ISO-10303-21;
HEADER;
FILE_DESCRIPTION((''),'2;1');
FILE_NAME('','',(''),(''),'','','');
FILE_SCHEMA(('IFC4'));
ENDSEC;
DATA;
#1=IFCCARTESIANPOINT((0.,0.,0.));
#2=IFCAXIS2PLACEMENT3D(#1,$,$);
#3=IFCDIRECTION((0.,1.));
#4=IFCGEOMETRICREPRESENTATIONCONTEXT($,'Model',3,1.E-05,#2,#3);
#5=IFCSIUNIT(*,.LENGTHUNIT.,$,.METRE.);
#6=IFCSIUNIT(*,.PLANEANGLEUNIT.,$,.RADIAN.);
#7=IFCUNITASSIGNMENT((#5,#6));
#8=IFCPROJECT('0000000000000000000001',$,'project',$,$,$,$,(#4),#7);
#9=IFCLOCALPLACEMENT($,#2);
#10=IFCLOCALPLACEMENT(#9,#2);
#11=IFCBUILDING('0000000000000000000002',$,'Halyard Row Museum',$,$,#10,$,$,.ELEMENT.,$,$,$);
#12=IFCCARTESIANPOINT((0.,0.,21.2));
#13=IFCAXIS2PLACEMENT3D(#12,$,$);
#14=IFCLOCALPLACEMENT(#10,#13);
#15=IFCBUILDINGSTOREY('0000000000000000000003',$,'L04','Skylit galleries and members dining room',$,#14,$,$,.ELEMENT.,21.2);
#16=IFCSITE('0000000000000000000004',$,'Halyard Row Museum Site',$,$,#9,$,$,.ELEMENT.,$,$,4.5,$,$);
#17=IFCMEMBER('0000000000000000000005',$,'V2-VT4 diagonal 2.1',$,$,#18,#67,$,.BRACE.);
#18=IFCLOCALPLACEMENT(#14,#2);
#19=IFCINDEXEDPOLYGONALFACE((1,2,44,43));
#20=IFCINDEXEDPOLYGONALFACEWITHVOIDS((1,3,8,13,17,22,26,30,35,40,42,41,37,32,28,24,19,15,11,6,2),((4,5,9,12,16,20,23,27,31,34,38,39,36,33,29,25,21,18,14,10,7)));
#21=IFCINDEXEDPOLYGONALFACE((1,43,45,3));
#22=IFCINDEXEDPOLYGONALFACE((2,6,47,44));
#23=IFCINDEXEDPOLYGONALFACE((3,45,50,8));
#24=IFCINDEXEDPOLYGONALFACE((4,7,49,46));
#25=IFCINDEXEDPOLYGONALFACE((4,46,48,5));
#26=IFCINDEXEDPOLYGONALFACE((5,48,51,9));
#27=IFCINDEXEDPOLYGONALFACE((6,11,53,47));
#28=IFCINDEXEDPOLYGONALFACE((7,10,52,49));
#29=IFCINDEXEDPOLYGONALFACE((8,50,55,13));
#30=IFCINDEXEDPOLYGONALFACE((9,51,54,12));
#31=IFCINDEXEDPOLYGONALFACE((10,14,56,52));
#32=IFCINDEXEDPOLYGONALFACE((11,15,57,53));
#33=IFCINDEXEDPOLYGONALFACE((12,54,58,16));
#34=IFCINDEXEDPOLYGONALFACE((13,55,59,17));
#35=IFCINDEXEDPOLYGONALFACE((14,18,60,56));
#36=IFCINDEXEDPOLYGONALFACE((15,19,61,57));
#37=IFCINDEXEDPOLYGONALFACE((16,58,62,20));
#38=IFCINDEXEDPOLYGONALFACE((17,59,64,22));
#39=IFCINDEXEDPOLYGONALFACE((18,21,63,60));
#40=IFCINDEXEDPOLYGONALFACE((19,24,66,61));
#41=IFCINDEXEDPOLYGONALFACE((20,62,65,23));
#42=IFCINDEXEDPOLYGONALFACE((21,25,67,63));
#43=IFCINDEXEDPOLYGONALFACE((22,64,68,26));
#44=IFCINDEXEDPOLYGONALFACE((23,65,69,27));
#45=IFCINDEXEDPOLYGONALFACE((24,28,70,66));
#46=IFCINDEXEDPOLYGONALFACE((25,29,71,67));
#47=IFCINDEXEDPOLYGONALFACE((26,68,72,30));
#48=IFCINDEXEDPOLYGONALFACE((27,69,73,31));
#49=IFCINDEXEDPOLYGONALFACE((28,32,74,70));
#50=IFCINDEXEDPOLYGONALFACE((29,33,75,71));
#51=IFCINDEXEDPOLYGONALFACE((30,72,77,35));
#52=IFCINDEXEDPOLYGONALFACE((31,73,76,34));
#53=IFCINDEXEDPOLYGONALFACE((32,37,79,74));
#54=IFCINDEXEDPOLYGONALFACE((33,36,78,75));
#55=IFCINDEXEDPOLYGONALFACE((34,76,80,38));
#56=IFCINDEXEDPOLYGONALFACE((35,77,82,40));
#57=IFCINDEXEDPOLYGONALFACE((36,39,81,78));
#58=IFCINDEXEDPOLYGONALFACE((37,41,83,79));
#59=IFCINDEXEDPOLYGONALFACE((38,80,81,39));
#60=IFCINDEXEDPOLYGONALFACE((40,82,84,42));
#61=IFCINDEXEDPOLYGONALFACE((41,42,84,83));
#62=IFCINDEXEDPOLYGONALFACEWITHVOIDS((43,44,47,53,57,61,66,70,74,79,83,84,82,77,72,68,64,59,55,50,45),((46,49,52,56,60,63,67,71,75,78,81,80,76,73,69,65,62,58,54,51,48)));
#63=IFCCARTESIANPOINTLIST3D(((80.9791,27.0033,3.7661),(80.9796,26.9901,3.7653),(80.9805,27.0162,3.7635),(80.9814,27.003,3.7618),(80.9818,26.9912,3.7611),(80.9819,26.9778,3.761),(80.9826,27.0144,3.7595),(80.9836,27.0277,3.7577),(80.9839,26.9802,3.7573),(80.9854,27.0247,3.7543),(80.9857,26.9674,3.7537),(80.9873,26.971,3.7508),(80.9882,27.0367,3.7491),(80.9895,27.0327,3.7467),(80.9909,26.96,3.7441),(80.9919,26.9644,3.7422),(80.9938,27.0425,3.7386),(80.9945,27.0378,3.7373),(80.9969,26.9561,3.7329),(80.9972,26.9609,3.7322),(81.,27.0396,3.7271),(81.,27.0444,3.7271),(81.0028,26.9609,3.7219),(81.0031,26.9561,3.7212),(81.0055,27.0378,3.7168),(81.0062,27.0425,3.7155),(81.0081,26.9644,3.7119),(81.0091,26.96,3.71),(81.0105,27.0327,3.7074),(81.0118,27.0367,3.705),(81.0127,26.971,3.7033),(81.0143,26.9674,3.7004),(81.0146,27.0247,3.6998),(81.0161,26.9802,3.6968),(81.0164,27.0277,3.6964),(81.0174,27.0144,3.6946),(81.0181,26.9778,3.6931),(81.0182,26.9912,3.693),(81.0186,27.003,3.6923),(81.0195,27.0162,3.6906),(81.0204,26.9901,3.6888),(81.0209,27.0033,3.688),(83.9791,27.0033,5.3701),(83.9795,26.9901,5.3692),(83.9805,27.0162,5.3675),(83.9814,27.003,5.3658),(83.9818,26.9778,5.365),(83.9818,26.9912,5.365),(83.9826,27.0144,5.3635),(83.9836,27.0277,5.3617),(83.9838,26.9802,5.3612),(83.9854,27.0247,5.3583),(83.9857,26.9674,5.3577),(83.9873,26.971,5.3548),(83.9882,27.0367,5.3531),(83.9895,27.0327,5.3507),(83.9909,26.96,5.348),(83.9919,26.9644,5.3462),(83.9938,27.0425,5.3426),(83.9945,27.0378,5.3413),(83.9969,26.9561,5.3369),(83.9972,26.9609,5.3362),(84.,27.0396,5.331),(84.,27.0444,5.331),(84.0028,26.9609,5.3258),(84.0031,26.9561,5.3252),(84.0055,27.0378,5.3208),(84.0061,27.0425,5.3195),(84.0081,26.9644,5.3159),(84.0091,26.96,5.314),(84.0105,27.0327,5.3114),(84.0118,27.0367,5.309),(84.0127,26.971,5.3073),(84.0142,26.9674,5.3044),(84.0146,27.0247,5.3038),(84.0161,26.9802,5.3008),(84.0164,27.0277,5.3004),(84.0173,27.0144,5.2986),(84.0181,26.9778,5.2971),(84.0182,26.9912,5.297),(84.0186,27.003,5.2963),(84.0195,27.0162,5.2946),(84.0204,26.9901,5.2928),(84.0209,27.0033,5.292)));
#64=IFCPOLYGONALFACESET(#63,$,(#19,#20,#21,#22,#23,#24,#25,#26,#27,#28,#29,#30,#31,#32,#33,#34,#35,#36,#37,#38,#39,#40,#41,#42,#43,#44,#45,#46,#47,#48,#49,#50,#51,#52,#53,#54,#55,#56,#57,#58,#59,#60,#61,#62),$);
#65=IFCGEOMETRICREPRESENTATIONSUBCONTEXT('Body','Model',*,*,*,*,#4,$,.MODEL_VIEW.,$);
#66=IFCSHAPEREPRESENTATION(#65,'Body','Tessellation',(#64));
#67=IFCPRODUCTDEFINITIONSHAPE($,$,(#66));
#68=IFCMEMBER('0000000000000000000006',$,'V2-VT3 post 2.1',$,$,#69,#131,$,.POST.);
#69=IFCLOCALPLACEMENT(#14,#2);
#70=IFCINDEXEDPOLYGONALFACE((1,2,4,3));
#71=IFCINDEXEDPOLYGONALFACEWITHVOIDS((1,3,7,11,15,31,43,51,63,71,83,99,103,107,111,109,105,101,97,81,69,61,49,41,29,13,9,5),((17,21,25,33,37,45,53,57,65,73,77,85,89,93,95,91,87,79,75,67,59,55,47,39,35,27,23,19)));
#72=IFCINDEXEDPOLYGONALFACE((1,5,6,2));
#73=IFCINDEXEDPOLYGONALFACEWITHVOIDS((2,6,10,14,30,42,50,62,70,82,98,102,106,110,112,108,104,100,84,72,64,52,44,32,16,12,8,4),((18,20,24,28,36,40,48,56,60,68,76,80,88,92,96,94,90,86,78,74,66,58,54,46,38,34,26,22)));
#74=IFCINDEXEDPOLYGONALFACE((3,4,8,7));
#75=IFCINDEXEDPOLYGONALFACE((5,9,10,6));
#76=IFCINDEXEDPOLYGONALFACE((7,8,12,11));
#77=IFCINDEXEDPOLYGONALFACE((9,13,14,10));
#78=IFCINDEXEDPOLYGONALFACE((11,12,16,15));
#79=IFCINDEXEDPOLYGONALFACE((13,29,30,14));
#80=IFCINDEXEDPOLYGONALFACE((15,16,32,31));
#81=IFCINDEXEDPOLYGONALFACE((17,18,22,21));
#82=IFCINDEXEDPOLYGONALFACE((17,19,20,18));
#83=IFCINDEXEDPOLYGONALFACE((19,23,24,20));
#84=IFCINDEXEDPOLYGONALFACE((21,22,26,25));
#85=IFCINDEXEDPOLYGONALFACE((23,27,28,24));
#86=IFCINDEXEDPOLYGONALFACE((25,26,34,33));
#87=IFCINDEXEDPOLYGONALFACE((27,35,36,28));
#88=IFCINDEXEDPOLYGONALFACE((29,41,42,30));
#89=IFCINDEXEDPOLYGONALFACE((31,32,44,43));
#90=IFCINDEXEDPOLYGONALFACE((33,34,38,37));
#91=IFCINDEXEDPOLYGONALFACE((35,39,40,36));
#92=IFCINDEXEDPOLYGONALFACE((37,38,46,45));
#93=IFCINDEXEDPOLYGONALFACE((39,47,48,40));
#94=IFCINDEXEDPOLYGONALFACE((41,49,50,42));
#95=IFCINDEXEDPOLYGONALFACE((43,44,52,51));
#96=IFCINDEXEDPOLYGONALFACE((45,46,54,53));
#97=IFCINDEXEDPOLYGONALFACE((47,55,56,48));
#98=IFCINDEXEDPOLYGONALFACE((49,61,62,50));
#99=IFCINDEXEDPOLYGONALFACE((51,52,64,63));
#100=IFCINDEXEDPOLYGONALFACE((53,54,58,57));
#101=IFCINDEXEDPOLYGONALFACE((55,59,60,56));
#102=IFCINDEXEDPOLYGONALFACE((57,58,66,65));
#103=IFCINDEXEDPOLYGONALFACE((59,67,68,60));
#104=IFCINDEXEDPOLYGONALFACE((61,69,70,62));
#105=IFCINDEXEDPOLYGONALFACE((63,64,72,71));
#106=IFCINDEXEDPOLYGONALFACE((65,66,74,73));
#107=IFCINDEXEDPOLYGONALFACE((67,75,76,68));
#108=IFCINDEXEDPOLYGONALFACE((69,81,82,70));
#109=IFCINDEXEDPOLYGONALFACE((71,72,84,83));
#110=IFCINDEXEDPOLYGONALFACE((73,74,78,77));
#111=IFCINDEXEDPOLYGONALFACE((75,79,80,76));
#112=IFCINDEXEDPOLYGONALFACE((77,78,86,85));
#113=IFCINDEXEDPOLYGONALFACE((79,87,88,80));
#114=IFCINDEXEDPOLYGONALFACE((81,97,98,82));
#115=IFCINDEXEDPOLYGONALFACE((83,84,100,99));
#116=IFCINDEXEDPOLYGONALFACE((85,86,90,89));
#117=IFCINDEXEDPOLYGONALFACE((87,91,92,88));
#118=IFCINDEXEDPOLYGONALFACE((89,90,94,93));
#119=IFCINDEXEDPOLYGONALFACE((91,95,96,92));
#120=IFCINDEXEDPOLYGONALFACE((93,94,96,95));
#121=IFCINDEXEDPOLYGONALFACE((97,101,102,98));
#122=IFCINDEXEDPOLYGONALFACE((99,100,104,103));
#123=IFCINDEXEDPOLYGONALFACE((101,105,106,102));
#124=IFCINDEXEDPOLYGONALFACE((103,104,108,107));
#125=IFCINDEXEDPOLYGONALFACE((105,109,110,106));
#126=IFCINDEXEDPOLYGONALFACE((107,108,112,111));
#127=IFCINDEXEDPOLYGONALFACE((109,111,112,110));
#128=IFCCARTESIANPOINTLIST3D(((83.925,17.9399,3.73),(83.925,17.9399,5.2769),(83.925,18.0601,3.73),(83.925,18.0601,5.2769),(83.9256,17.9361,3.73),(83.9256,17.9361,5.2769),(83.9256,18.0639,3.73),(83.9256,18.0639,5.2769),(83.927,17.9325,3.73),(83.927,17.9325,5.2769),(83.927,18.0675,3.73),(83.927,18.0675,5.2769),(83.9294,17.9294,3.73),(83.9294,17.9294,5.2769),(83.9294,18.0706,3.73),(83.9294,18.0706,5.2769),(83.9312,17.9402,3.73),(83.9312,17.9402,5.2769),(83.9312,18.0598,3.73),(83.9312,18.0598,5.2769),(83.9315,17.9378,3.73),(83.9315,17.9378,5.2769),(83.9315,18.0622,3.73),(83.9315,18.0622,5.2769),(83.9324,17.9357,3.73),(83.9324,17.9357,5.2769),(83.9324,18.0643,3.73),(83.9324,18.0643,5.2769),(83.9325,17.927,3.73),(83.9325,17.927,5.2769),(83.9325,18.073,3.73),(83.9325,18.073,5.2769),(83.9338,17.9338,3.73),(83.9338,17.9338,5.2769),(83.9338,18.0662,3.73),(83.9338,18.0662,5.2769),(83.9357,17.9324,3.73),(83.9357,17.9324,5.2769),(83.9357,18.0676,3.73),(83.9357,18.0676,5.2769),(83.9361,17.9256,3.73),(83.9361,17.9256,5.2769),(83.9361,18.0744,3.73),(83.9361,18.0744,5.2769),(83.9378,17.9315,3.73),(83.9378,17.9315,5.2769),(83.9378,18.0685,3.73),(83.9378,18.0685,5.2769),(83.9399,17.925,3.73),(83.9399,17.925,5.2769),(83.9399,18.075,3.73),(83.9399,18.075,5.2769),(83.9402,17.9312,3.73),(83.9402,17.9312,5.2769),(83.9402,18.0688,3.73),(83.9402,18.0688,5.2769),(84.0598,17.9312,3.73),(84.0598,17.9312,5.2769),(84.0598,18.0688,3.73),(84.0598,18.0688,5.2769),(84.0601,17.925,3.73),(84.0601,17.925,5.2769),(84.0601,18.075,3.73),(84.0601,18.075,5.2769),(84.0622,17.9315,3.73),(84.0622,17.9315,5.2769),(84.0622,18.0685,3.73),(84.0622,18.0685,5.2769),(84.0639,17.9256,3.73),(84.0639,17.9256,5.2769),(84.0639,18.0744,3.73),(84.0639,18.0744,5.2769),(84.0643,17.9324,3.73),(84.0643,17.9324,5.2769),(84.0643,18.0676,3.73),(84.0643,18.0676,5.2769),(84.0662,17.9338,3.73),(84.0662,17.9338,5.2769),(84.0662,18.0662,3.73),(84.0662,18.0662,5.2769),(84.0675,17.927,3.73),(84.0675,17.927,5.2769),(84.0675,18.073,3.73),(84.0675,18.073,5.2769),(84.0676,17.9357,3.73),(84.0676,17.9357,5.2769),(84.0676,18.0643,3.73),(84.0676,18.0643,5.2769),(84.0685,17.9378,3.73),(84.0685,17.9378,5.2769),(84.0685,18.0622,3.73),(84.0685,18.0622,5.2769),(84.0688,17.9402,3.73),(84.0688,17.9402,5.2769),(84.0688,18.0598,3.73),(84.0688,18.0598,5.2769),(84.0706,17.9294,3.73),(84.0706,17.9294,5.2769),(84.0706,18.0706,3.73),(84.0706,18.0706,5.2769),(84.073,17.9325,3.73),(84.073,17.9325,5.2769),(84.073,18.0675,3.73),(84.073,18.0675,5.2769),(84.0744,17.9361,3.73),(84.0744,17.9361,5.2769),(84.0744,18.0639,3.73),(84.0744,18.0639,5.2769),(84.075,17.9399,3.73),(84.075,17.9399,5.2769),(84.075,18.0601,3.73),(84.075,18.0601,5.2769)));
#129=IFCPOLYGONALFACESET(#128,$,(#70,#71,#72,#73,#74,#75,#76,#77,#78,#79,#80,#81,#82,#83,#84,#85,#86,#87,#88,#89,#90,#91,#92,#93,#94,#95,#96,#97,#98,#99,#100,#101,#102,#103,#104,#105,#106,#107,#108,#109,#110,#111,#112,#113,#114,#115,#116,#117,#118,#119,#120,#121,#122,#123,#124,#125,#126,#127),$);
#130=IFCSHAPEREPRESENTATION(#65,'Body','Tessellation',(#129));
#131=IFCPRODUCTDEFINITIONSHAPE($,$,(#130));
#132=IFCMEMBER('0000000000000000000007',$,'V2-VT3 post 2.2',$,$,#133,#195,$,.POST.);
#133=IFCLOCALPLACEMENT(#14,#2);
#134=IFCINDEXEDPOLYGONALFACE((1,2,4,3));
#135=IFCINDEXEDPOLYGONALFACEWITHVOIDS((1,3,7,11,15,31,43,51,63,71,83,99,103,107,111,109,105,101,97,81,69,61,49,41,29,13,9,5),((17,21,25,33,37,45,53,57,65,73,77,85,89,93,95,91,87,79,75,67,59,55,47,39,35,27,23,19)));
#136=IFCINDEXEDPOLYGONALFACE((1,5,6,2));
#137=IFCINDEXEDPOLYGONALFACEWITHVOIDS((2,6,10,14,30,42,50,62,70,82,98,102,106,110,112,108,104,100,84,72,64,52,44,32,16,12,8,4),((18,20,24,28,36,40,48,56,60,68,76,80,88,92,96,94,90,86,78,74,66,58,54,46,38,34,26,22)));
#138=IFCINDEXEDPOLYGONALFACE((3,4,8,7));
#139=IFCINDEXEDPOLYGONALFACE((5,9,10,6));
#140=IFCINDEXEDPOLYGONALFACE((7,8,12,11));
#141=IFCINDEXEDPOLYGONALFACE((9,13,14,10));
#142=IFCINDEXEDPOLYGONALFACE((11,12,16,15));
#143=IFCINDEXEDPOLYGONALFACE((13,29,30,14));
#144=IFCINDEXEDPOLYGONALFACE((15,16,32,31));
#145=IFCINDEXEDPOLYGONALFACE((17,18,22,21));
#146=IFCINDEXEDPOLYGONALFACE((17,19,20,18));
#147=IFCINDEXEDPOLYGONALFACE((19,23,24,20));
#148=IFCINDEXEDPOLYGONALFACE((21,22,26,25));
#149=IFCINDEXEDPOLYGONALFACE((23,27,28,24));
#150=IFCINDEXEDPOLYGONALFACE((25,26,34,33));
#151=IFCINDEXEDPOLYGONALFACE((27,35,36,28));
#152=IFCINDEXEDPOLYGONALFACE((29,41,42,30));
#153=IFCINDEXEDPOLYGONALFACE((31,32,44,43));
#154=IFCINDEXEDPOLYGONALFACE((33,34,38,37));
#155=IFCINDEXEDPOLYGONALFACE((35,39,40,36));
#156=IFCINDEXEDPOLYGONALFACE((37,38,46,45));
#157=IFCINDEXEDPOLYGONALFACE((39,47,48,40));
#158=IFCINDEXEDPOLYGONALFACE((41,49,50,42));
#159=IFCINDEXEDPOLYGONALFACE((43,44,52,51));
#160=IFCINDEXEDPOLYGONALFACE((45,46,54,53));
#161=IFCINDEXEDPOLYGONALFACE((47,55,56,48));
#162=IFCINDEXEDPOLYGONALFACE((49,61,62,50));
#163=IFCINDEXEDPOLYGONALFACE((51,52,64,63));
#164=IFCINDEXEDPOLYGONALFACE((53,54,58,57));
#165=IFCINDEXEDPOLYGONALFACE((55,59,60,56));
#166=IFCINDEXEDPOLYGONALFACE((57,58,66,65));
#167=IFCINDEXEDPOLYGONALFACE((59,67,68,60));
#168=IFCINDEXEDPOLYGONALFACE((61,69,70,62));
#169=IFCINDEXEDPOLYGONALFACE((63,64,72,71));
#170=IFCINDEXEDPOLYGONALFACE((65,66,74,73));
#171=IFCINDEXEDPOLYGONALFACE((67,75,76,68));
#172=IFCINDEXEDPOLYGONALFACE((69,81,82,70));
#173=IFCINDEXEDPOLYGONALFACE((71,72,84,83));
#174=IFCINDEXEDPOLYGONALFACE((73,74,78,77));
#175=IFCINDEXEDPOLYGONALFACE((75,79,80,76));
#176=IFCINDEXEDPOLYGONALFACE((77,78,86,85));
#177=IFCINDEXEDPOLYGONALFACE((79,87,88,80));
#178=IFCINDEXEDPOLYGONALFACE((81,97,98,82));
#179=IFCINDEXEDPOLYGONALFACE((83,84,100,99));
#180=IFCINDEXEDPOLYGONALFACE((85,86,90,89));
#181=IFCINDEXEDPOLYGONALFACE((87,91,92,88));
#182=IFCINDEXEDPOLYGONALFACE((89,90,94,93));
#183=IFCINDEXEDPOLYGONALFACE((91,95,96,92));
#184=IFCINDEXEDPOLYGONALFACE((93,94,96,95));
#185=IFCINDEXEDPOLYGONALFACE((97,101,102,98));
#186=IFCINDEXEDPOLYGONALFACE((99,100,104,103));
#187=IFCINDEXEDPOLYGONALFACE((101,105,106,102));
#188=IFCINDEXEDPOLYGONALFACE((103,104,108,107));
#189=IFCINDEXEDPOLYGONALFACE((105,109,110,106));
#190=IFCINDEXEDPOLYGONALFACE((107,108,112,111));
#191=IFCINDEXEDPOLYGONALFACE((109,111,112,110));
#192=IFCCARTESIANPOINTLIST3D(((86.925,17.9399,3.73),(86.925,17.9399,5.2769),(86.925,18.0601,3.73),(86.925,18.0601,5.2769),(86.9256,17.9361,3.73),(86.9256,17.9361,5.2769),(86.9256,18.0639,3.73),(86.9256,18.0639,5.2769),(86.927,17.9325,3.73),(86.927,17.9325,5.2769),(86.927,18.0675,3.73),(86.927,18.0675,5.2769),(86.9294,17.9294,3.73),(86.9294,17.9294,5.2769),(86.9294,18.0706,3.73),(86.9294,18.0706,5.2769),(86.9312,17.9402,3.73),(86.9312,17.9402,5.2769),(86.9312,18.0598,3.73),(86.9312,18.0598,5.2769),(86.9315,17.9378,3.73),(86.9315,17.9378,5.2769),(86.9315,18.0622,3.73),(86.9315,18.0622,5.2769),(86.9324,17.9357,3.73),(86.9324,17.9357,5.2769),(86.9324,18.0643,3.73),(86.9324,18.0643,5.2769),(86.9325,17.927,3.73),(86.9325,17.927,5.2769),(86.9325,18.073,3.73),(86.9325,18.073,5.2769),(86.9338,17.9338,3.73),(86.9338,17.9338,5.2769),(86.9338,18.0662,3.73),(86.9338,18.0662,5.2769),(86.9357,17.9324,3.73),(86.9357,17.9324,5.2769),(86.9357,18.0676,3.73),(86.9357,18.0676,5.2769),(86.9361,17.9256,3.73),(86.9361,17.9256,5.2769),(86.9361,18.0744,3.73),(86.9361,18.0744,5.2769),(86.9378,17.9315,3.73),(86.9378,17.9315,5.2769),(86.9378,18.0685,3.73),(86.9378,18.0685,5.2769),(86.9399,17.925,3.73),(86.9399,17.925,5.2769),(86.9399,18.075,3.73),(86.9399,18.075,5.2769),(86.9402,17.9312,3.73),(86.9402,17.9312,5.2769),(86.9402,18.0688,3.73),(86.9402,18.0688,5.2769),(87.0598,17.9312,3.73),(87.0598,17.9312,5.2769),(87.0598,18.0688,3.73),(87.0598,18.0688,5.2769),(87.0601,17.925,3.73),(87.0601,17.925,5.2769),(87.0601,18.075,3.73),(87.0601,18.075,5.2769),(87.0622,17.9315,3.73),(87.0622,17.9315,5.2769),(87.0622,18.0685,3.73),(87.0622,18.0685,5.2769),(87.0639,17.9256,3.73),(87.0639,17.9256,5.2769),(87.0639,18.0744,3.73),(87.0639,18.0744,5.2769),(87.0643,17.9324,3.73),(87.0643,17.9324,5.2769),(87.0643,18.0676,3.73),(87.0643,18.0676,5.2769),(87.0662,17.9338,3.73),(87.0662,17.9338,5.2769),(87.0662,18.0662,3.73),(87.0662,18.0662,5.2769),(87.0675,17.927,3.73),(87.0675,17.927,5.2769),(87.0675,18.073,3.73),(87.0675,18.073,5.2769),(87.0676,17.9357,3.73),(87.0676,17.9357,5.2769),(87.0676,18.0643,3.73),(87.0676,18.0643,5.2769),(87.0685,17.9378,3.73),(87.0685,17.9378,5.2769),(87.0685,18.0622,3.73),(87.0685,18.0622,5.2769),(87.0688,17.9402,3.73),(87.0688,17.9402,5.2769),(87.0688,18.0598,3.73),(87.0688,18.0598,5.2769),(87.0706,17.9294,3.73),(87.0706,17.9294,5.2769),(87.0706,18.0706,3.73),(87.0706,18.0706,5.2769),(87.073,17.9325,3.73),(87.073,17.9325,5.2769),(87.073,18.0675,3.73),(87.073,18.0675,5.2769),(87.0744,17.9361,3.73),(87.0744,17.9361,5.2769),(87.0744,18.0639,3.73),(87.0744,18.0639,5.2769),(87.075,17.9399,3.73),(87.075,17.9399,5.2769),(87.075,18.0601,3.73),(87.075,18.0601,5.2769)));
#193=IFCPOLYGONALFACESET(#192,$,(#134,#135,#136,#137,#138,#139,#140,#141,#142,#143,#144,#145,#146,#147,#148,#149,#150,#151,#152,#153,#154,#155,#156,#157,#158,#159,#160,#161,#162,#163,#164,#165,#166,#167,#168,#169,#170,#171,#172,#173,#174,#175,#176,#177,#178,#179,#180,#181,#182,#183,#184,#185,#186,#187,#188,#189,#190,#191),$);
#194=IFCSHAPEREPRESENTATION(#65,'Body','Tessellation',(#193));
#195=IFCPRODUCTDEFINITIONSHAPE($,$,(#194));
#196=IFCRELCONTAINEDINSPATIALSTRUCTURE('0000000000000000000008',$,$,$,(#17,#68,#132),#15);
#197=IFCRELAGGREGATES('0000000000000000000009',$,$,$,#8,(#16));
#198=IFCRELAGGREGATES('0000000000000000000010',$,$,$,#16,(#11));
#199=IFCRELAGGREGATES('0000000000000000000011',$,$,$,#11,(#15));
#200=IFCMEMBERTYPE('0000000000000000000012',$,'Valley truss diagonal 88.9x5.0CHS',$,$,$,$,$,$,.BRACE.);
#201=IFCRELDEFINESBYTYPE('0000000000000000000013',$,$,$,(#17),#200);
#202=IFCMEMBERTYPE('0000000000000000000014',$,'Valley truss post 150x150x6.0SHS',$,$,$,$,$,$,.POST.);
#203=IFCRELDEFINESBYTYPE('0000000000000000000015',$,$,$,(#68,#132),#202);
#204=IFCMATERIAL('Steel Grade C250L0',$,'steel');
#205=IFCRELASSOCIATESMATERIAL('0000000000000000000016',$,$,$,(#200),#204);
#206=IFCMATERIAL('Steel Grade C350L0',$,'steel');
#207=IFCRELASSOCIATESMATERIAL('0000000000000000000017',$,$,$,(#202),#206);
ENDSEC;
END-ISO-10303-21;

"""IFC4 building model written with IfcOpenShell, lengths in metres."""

from ifc_helpers import new_model, si_unit, direction, frame, origin, origin_2d, place, context, subcontext, project, spatial, hollow_rectangle, hollow_circle, extrude, material, material_profile, profile_set, type_object, element, save


model = new_model("IFC4")

# Units and contexts
model_context = context("Model", 3, precision=1e-05, world=origin(), true_north=direction((0.0, 1.0)))
body_context = subcontext(model_context, "Body", "Model", "MODEL_VIEW")
ifc_project = project(units=[si_unit("LENGTHUNIT", "METRE"), si_unit("PLANEANGLEUNIT", "RADIAN")], contexts=[model_context])

# Site, building, storey
site_placement = place(None, origin())
site = spatial("IfcSite", under=ifc_project, at=site_placement, Name="Halyard Row Museum Site", CompositionType="ELEMENT", RefElevation=4.5)
building_placement = place(site_placement, origin())
building = spatial("IfcBuilding", under=site, at=building_placement, Name="Halyard Row Museum", CompositionType="ELEMENT")
storey_placement = place(building_placement, frame((0.0, 0.0, 21.2)))
storey = spatial("IfcBuildingStorey", under=building, at=storey_placement, Name="L04", Description="Skylit galleries and members dining room", CompositionType="ELEMENT", Elevation=21.2)

# Members
ifc_material_1 = material(Name="Steel Grade C250L0", Category="steel")
ifc_material_profile_1 = material_profile(ifc_material_1, hollow_circle(Radius=0.0444, WallThickness=0.0049, at=origin_2d()), Name="88.9x5.0CHS")
ifc_profile_set_1 = profile_set([ifc_material_profile_1], Name="Steel Grade C250L0")
member_type_1 = type_object("IfcMemberType", Name="Valley truss diagonal 88.9x5.0CHS", PredefinedType="BRACE", material=ifc_profile_set_1)
member_1_placement = place(storey_placement, frame((81.0, 27.0, 3.7271), z_axis=(0.881864, 0.0, 0.471504), x_axis=(0.0, 1.0, 0.0)))
element("IfcMember", 1, at=member_1_placement, inside=storey, type_object=member_type_1, Name="V2-VT4 diagonal 2.1", PredefinedType="BRACE", context=body_context, shape_type="SweptSolid", body=[
    extrude(hollow_circle(Radius=0.0444, WallThickness=0.0049, at=origin_2d()), origin(), (0.0, 0.0, 1.0), 3.4019),
])
ifc_material_2 = material(Name="Steel Grade C350L0", Category="steel")
ifc_material_profile_2 = material_profile(ifc_material_2, hollow_rectangle(XDim=0.1499, YDim=0.1499, WallThickness=0.0061, InnerFilletRadius=0.009, OuterFilletRadius=0.0149, at=origin_2d()), Name="150x150x6.0SHS")
ifc_profile_set_2 = profile_set([ifc_material_profile_2], Name="Steel Grade C350L0")
member_type_2 = type_object("IfcMemberType", Name="Valley truss post 150x150x6.0SHS", PredefinedType="POST", material=ifc_profile_set_2)
for number, where, z_axis, x_axis, name in (
    (2, (84.0, 18.0, 3.73), (0.0, 0.0, 1.0), (1.0, 0.0, 0.0), "V2-VT3 post 2.1"),
    (3, (87.0, 18.0, 3.73), (0.0, 0.0, 1.0), (1.0, 0.0, 0.0), "V2-VT3 post 2.2"),
):
    element("IfcMember", number, at=place(storey_placement, frame(where, z_axis=z_axis, x_axis=x_axis)), inside=storey, type_object=member_type_2, Name=name, PredefinedType="POST", context=body_context, shape_type="SweptSolid", body=[
        extrude(hollow_rectangle(XDim=0.1499, YDim=0.1499, WallThickness=0.0061, InnerFilletRadius=0.009, OuterFilletRadius=0.0149, at=origin_2d()), origin(), (0.0, 0.0, 1.0), 1.5469),
    ])

save(model, "model.ifc")
